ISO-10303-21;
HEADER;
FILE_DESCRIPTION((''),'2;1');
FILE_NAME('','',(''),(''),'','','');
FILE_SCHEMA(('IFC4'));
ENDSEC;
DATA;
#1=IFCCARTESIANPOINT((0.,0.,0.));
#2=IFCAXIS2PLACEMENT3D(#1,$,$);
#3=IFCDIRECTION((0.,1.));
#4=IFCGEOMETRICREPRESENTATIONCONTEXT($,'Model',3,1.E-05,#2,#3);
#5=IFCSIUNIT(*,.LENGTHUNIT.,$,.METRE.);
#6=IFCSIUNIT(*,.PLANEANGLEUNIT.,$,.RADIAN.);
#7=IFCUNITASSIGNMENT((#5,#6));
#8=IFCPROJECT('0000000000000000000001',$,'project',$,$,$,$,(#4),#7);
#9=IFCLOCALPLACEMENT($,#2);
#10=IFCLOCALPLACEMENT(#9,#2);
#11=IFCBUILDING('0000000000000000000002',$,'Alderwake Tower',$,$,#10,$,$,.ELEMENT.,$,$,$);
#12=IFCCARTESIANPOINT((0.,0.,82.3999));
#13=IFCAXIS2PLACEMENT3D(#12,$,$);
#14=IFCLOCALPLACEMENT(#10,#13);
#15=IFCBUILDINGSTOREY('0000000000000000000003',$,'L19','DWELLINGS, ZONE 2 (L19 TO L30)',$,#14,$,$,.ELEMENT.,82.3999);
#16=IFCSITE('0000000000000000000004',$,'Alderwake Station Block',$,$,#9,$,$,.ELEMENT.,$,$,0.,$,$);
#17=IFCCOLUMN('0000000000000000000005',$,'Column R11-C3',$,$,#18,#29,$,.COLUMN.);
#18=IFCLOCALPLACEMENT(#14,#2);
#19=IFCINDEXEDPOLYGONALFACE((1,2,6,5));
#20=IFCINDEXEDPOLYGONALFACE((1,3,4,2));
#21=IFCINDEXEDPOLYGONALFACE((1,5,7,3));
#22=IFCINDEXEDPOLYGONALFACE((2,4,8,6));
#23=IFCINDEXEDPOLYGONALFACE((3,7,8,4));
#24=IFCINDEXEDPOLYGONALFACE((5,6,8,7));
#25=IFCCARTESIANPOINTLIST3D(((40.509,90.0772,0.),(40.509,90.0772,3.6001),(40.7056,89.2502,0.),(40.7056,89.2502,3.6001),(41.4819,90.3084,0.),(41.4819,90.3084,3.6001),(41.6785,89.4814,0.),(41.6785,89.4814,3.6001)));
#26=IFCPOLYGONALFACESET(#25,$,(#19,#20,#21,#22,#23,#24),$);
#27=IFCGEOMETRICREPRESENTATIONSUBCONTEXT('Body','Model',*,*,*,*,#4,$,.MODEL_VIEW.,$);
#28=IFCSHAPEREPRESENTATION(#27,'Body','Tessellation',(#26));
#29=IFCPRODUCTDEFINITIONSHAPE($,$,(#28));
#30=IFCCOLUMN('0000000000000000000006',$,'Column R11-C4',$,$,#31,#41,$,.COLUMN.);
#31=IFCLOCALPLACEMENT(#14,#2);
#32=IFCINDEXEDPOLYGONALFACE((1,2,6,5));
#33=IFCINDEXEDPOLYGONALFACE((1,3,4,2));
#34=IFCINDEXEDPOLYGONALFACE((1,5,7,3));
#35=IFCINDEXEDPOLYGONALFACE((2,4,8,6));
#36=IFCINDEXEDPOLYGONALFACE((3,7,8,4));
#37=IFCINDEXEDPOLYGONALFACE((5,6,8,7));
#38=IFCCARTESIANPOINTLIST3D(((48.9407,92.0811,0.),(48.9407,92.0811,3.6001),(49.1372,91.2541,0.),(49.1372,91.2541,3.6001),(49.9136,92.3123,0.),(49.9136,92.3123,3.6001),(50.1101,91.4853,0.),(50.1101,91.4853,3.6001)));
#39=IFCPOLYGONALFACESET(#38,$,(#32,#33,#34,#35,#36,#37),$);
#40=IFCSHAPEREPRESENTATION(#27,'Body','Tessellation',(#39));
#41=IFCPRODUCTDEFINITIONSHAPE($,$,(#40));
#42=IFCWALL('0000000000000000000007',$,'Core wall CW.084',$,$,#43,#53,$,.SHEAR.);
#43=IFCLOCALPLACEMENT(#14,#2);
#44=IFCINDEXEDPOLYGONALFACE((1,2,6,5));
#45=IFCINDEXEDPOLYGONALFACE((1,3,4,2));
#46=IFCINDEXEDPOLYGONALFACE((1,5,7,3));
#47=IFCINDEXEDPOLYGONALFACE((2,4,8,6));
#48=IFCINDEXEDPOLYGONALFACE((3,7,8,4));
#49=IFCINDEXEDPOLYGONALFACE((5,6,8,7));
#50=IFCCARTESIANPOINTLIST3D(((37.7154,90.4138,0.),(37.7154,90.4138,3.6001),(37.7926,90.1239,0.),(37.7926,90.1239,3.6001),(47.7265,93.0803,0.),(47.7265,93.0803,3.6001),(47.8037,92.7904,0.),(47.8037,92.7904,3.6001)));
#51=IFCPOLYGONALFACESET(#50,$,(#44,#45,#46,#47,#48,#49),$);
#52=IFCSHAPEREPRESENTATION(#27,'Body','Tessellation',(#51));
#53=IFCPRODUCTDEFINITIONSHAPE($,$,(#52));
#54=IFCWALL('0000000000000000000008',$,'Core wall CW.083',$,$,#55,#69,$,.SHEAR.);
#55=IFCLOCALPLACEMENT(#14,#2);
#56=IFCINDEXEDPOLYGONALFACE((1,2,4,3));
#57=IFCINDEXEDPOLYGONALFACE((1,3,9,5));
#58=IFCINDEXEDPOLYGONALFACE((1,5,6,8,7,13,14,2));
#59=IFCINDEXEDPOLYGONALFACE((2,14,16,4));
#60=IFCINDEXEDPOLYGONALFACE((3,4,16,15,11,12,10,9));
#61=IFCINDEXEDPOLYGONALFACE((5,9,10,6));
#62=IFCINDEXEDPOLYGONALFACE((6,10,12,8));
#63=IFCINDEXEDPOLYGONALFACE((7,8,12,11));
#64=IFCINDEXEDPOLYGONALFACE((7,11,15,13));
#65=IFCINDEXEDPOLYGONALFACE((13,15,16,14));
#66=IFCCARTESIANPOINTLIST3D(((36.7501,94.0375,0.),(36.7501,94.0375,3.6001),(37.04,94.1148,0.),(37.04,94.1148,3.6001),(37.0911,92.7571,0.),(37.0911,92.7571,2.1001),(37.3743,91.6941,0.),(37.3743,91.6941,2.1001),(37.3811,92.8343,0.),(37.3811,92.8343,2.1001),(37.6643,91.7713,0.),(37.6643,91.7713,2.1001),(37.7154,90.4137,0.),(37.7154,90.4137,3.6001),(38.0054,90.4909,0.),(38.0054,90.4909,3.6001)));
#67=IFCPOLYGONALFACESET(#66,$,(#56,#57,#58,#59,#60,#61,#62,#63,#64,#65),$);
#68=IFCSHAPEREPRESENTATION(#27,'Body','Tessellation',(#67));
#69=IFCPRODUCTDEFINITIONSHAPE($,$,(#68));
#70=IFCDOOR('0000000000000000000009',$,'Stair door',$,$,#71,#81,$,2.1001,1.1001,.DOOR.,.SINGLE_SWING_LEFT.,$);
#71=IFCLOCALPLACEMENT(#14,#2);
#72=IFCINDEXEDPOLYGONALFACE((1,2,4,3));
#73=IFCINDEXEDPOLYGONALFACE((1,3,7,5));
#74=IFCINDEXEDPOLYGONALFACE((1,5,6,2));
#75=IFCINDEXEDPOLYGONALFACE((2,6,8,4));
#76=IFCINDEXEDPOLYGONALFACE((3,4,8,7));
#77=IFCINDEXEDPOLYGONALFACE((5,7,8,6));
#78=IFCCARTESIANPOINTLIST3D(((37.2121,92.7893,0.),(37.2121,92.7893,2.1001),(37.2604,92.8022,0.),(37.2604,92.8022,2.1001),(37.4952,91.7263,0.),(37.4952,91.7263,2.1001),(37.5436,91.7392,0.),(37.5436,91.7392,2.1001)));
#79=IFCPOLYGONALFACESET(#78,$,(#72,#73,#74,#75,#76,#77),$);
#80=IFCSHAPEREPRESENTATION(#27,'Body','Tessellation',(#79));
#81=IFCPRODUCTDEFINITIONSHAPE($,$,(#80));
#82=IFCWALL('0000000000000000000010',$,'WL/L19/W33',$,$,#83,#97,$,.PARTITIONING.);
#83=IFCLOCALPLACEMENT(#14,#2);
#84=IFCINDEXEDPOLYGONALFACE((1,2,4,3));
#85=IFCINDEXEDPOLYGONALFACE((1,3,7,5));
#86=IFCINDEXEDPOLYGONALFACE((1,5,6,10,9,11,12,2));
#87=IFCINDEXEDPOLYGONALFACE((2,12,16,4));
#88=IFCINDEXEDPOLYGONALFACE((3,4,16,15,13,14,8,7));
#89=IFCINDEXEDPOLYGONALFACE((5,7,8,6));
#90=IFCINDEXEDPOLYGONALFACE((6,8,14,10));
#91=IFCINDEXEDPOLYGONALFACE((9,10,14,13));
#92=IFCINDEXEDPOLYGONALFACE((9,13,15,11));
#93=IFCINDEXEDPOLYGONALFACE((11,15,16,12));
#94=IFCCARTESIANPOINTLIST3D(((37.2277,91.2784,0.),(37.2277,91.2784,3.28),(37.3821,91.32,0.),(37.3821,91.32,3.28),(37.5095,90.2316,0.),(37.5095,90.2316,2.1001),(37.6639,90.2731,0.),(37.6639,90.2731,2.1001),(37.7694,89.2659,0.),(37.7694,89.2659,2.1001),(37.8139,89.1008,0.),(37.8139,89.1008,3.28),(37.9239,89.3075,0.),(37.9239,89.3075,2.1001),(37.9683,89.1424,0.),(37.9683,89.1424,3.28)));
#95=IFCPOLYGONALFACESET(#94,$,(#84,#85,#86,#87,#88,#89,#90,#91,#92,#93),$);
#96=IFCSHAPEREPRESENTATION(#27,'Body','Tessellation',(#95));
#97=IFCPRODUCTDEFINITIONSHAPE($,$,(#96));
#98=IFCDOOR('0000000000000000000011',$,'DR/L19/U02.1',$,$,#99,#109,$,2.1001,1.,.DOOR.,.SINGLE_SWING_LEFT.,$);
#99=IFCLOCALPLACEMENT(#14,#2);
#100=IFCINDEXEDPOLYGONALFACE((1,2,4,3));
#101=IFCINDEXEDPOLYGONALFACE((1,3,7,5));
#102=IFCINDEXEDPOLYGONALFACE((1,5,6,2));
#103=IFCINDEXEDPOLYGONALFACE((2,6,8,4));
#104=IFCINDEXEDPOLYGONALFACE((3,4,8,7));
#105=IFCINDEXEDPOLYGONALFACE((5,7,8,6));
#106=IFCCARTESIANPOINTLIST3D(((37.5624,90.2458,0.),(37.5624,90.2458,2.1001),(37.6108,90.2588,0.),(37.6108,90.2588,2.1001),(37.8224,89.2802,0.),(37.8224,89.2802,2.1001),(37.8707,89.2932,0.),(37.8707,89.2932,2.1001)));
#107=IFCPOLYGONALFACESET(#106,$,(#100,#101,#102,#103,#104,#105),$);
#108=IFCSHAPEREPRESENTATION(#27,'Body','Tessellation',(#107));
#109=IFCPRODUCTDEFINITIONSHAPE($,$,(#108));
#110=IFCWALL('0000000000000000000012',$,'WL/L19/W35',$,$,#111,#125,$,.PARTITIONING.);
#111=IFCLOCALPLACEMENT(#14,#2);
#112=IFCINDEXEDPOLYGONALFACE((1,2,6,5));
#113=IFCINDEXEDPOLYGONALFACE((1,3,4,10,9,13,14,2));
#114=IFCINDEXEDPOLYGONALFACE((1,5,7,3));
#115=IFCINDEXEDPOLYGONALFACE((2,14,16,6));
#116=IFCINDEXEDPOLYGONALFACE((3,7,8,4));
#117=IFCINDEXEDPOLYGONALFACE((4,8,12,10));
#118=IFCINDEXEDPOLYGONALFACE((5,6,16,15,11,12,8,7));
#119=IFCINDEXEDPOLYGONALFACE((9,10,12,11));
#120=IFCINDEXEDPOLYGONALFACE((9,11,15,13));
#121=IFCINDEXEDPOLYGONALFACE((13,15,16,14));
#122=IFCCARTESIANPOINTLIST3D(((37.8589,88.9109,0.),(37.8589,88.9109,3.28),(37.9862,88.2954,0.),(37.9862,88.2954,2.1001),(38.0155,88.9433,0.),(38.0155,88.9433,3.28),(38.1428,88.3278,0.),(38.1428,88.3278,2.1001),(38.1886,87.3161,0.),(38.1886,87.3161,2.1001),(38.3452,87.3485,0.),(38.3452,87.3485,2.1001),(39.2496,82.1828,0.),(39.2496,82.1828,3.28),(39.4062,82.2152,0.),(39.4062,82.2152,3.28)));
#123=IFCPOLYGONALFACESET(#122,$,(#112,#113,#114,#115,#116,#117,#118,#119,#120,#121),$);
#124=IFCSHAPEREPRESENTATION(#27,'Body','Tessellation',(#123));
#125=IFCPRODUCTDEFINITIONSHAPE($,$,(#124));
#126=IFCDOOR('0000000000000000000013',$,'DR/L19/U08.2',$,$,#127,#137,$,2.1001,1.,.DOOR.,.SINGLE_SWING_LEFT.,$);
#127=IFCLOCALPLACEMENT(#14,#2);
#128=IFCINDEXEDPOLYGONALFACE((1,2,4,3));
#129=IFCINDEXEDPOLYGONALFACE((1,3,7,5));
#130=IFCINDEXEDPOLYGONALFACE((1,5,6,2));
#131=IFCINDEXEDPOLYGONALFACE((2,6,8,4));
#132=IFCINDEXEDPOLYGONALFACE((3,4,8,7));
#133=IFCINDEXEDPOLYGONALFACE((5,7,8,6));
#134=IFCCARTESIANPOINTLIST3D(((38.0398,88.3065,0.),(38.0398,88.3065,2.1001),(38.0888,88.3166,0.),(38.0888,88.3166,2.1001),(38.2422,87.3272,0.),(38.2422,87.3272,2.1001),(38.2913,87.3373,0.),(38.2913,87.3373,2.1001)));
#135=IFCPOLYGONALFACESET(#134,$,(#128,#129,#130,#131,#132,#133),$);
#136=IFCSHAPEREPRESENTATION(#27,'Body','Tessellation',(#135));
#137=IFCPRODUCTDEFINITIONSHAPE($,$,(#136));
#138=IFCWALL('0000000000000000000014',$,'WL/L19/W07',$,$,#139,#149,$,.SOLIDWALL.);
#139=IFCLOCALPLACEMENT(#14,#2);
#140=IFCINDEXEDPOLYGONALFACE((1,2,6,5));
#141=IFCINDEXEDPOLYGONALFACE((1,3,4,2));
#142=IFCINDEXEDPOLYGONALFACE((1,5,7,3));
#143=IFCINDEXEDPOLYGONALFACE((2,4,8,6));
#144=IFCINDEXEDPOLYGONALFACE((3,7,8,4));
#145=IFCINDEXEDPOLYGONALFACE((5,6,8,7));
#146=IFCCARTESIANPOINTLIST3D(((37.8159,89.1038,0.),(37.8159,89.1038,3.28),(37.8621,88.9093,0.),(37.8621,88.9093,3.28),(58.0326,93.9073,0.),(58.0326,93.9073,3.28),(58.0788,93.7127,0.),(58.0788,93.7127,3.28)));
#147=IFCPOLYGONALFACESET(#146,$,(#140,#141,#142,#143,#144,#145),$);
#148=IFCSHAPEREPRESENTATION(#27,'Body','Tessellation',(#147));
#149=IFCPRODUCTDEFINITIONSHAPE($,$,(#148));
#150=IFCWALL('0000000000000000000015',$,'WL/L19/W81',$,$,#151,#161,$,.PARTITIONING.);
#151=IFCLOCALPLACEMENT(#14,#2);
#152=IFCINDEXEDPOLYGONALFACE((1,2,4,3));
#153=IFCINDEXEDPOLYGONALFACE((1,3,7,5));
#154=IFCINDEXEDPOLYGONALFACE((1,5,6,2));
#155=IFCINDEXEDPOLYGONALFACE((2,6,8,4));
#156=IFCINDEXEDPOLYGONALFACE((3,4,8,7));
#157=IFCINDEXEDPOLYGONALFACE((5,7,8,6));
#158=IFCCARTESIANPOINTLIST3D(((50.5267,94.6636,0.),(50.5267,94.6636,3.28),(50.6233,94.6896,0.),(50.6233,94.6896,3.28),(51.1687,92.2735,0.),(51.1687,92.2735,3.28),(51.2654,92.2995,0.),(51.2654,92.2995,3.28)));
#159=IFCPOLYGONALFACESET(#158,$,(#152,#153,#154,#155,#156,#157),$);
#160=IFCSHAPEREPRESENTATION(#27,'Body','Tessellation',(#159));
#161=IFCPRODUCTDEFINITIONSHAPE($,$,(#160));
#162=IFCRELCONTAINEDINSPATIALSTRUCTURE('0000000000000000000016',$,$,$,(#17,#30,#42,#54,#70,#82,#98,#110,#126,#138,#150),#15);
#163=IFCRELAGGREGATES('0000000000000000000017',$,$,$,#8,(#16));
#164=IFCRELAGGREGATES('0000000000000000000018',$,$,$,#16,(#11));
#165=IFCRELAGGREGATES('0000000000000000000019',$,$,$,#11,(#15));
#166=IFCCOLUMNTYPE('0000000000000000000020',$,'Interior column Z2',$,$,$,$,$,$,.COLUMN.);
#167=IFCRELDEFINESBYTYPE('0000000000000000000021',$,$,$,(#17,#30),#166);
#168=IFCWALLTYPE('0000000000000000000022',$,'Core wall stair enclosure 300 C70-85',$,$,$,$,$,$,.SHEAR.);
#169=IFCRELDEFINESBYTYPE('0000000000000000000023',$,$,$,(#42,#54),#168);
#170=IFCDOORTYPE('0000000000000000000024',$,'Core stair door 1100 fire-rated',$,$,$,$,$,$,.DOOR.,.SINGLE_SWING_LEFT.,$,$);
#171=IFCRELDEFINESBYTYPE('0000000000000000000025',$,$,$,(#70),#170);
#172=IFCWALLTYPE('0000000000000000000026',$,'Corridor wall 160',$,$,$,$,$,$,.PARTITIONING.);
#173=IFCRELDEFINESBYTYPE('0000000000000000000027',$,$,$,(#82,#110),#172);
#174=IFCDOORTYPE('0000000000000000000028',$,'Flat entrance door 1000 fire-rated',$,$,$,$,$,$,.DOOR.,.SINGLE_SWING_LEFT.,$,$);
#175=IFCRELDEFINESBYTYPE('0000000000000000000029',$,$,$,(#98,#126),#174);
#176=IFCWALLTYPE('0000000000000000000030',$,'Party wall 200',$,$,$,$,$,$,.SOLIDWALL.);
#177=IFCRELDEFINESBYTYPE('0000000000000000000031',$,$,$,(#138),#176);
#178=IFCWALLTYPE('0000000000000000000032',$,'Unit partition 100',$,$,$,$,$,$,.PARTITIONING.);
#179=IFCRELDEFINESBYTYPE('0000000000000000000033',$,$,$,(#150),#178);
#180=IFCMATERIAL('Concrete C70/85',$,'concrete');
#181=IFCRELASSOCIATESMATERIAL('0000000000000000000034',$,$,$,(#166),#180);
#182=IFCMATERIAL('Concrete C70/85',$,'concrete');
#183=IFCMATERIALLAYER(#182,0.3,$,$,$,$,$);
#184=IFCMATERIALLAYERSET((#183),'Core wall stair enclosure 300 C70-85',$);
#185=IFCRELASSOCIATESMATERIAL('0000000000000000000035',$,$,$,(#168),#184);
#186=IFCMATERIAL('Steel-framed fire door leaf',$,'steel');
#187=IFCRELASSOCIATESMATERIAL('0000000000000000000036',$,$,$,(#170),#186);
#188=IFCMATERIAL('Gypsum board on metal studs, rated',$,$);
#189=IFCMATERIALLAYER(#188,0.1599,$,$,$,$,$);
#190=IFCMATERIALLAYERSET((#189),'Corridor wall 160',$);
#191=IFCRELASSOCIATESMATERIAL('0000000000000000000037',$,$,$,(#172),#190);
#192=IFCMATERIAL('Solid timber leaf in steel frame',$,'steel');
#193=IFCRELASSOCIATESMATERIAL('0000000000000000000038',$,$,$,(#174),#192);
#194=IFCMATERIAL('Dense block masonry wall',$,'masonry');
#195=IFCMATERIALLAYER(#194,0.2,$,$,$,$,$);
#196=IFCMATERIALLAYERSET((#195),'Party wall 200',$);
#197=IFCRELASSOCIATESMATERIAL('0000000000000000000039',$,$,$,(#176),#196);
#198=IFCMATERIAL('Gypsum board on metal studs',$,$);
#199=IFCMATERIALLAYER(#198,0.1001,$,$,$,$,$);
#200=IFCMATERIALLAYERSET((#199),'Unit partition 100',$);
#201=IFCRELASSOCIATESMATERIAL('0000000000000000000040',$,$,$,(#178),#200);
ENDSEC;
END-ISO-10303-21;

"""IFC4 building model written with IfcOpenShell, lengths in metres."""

from ifc_helpers import new_model, si_unit, direction, frame, frame_2d, origin, origin_2d, place, context, subcontext, project, spatial, rectangle, extrude, material, layer, layer_set, material_profile, profile_set, type_object, element, fill, save


model = new_model("IFC4")

# Units and contexts
model_context = context("Model", 3, precision=1e-05, world=origin(), true_north=direction((0.0, 1.0)))
body_context = subcontext(model_context, "Body", "Model", "MODEL_VIEW")
ifc_project = project(units=[si_unit("LENGTHUNIT", "METRE"), si_unit("PLANEANGLEUNIT", "RADIAN")], contexts=[model_context])

# Site, building, storey
site_placement = place(None, origin())
site = spatial("IfcSite", under=ifc_project, at=site_placement, Name="Alderwake Station Block", CompositionType="ELEMENT", RefElevation=0.0)
building_placement = place(site_placement, origin())
building = spatial("IfcBuilding", under=site, at=building_placement, Name="Alderwake Tower", CompositionType="ELEMENT")
storey_placement = place(building_placement, frame((0.0, 0.0, 82.3999)))
storey = spatial("IfcBuildingStorey", under=building, at=storey_placement, Name="L19", Description="DWELLINGS, ZONE 2 (L19 TO L30)", CompositionType="ELEMENT", Elevation=82.3999)

# Columns
ifc_material_1 = material(Name="Concrete C70/85", Category="concrete")
ifc_material_profile = material_profile(ifc_material_1, rectangle(XDim=0.8501, YDim=1.0, at=origin_2d()), Name="RC 1000X850")
ifc_profile_set = profile_set([ifc_material_profile], Name="Concrete C70/85")
column_type = type_object("IfcColumnType", Name="Interior column Z2", PredefinedType="COLUMN", material=ifc_profile_set)
for number, where, z_axis, x_axis, name in (
    (1, (41.0938, 89.7793, 0.0), (0.0, 0.0, 1.0), (-0.231222, 0.972901, 0.0), "Column R11-C3"),
    (2, (49.5254, 91.7832, 0.0), (0.0, 0.0, 1.0), (-0.231222, 0.972901, 0.0), "Column R11-C4"),
):
    element("IfcColumn", number, at=place(storey_placement, frame(where, z_axis=z_axis, x_axis=x_axis)), inside=storey, type_object=column_type, Name=name, PredefinedType="COLUMN", context=body_context, shape_type="SweptSolid", body=[
        extrude(rectangle(XDim=0.8501, YDim=1.0, at=origin_2d()), origin(), (0.0, 0.0, 1.0), 3.6001),
    ])

# Wall
ifc_material_2 = material(Name="Concrete C70/85", Category="concrete")
ifc_layer_1 = layer(ifc_material_2, 0.3)
ifc_layer_set_1 = layer_set([ifc_layer_1], Name="Core wall stair enclosure 300 C70-85")
wall_type_1 = type_object("IfcWallType", Name="Core wall stair enclosure 300 C70-85", PredefinedType="SHEAR", material=ifc_layer_set_1)
wall_1_placement = place(storey_placement, frame((37.7539, 90.2688, 0.0), z_axis=(0.0, 0.0, 1.0), x_axis=(0.966309, 0.257384, 0.0)))
element("IfcWall", 3, at=wall_1_placement, inside=storey, type_object=wall_type_1, Name="Core wall CW.084", PredefinedType="SHEAR", context=body_context, shape_type="SweptSolid", body=[
    extrude(rectangle(XDim=10.3601, YDim=0.3, at=frame_2d((5.1802, 0.0))), origin(), (0.0, 0.0, 1.0), 3.6001),
])

# Walls, openings, doors
wall_2_placement = place(storey_placement, frame((37.8604, 90.4524, 0.0), z_axis=(0.0, 0.0, 1.0), x_axis=(-0.257411, 0.966302, 0.0)))
wall_2 = element("IfcWall", 4, at=wall_2_placement, inside=storey, type_object=wall_type_1, Name="Core wall CW.083", PredefinedType="SHEAR", context=body_context, shape_type="SweptSolid", body=[
    extrude(rectangle(XDim=3.7502, YDim=0.3, at=frame_2d((1.875, 0.0))), origin(), (0.0, 0.0, 1.0), 3.6001),
])
opening_1_placement = place(wall_2_placement, frame((1.325, 0.0, 0.0)))
opening_1 = element("IfcOpeningElement", 5, at=opening_1_placement, cuts=wall_2, PredefinedType="OPENING", context=body_context, shape_type="SweptSolid", body=[
    extrude(rectangle(XDim=1.1001, YDim=2.1001, at=frame_2d((0.55, 1.05))), frame((0.0, 0.1599, 0.0), z_axis=(0.0, -1.0, 0.0), x_axis=(1.0, 0.0, 0.0)), (0.0, 0.0, 1.0), 0.3201),
])
ifc_material_3 = material(Name="Steel-framed fire door leaf", Category="steel")
door_type_1 = type_object("IfcDoorType", Name="Core stair door 1100 fire-rated", OperationType="SINGLE_SWING_LEFT", PredefinedType="DOOR", material=ifc_material_3)
door_1_placement = place(opening_1_placement, origin())
door_1 = element("IfcDoor", 6, at=door_1_placement, inside=storey, type_object=door_type_1, Name="Stair door", OperationType="SINGLE_SWING_LEFT", OverallHeight=2.1001, OverallWidth=1.1001, PredefinedType="DOOR", context=body_context, shape_type="SweptSolid", body=[
    extrude(rectangle(XDim=1.1001, YDim=2.1001, at=frame_2d((0.55, 1.05))), frame((0.0, 0.0249, 0.0), z_axis=(0.0, -1.0, 0.0), x_axis=(1.0, 0.0, 0.0)), (0.0, 0.0, 1.0), 0.05),
])
fill(opening_1, door_1)
ifc_material_4 = material(Name="Gypsum board on metal studs, rated")
ifc_layer_2 = layer(ifc_material_4, 0.1599)
ifc_layer_set_2 = layer_set([ifc_layer_2], Name="Corridor wall 160")
wall_type_2 = type_object("IfcWallType", Name="Corridor wall 160", PredefinedType="PARTITIONING", material=ifc_layer_set_2)
wall_3_placement = place(storey_placement, frame((37.3049, 91.2991, 0.0), z_axis=(0.0, 0.0, 1.0), x_axis=(0.259946, -0.965623, 0.0)))
wall_3 = element("IfcWall", 7, at=wall_3_placement, inside=storey, type_object=wall_type_2, Name="WL/L19/W33", PredefinedType="PARTITIONING", context=body_context, shape_type="SweptSolid", body=[
    extrude(rectangle(XDim=2.2551, YDim=0.1599, at=frame_2d((1.1274, 0.0))), origin(), (0.0, 0.0, 1.0), 3.28),
])
opening_2_placement = place(wall_3_placement, frame((1.084, 0.0, 0.0)))
opening_2 = element("IfcOpeningElement", 8, at=opening_2_placement, cuts=wall_3, PredefinedType="OPENING", context=body_context, shape_type="SweptSolid", body=[
    extrude(rectangle(XDim=1.0, YDim=2.1001, at=frame_2d((0.5, 1.05))), frame((0.0, 0.0898, 0.0), z_axis=(0.0, -1.0, 0.0), x_axis=(1.0, 0.0, 0.0)), (0.0, 0.0, 1.0), 0.1799),
])
ifc_material_5 = material(Name="Solid timber leaf in steel frame", Category="steel")
door_type_2 = type_object("IfcDoorType", Name="Flat entrance door 1000 fire-rated", OperationType="SINGLE_SWING_LEFT", PredefinedType="DOOR", material=ifc_material_5)
door_2_placement = place(opening_2_placement, origin())
door_2 = element("IfcDoor", 9, at=door_2_placement, inside=storey, type_object=door_type_2, Name="DR/L19/U02.1", OperationType="SINGLE_SWING_LEFT", OverallHeight=2.1001, OverallWidth=1.0, PredefinedType="DOOR", context=body_context, shape_type="SweptSolid", body=[
    extrude(rectangle(XDim=1.0, YDim=2.1001, at=frame_2d((0.5, 1.05))), frame((0.0, 0.0249, 0.0), z_axis=(0.0, -1.0, 0.0), x_axis=(1.0, 0.0, 0.0)), (0.0, 0.0, 1.0), 0.05),
])
fill(opening_2, door_2)
wall_4_placement = place(storey_placement, frame((37.9373, 88.927, 0.0), z_axis=(0.0, 0.0, 1.0), x_axis=(0.202413, -0.9793, 0.0)))
wall_4 = element("IfcWall", 10, at=wall_4_placement, inside=storey, type_object=wall_type_2, Name="WL/L19/W35", PredefinedType="PARTITIONING", context=body_context, shape_type="SweptSolid", body=[
    extrude(rectangle(XDim=6.8704, YDim=0.1599, at=frame_2d((3.4351, 0.0))), origin(), (0.0, 0.0, 1.0), 3.28),
])
opening_3_placement = place(wall_4_placement, frame((0.6284, 0.0, 0.0)))
opening_3 = element("IfcOpeningElement", 11, at=opening_3_placement, cuts=wall_4, PredefinedType="OPENING", context=body_context, shape_type="SweptSolid", body=[
    extrude(rectangle(XDim=1.0, YDim=2.1001, at=frame_2d((0.5, 1.05))), frame((0.0, 0.0898, 0.0), z_axis=(0.0, -1.0, 0.0), x_axis=(1.0, 0.0, 0.0)), (0.0, 0.0, 1.0), 0.1799),
])
door_3_placement = place(opening_3_placement, origin())
door_3 = element("IfcDoor", 12, at=door_3_placement, inside=storey, type_object=door_type_2, Name="DR/L19/U08.2", OperationType="SINGLE_SWING_LEFT", OverallHeight=2.1001, OverallWidth=1.0, PredefinedType="DOOR", context=body_context, shape_type="SweptSolid", body=[
    extrude(rectangle(XDim=1.0, YDim=2.1001, at=frame_2d((0.5, 1.05))), frame((0.0, 0.0249, 0.0), z_axis=(0.0, -1.0, 0.0), x_axis=(1.0, 0.0, 0.0)), (0.0, 0.0, 1.0), 0.05),
])
fill(opening_3, door_3)

# Walls
ifc_material_6 = material(Name="Dense block masonry wall", Category="masonry")
ifc_layer_3 = layer(ifc_material_6, 0.2)
ifc_layer_set_3 = layer_set([ifc_layer_3], Name="Party wall 200")
wall_type_3 = type_object("IfcWallType", Name="Party wall 200", PredefinedType="SOLIDWALL", material=ifc_layer_set_3)
wall_5_placement = place(storey_placement, frame((37.8391, 89.0066, 0.0), z_axis=(0.0, 0.0, 1.0), x_axis=(0.972915, 0.231163, 0.0)))
element("IfcWall", 13, at=wall_5_placement, inside=storey, type_object=wall_type_3, Name="WL/L19/W07", PredefinedType="SOLIDWALL", context=body_context, shape_type="SweptSolid", body=[
    extrude(rectangle(XDim=20.7795, YDim=0.2, at=frame_2d((10.3896, 0.0))), origin(), (0.0, 0.0, 1.0), 3.28),
])
ifc_material_7 = material(Name="Gypsum board on metal studs")
ifc_layer_4 = layer(ifc_material_7, 0.1001)
ifc_layer_set_4 = layer_set([ifc_layer_4], Name="Unit partition 100")
wall_type_4 = type_object("IfcWallType", Name="Unit partition 100", PredefinedType="PARTITIONING", material=ifc_layer_set_4)
wall_6_placement = place(storey_placement, frame((51.217, 92.2866, 0.0), z_axis=(0.0, 0.0, 1.0), x_axis=(-0.259443, 0.965758, 0.0)))
element("IfcWall", 14, at=wall_6_placement, inside=storey, type_object=wall_type_4, Name="WL/L19/W81", PredefinedType="PARTITIONING", context=body_context, shape_type="SweptSolid", body=[
    extrude(rectangle(XDim=2.4749, YDim=0.1001, at=frame_2d((1.2373, 0.0))), origin(), (0.0, 0.0, 1.0), 3.28),
])

save(model, "model.ifc")
